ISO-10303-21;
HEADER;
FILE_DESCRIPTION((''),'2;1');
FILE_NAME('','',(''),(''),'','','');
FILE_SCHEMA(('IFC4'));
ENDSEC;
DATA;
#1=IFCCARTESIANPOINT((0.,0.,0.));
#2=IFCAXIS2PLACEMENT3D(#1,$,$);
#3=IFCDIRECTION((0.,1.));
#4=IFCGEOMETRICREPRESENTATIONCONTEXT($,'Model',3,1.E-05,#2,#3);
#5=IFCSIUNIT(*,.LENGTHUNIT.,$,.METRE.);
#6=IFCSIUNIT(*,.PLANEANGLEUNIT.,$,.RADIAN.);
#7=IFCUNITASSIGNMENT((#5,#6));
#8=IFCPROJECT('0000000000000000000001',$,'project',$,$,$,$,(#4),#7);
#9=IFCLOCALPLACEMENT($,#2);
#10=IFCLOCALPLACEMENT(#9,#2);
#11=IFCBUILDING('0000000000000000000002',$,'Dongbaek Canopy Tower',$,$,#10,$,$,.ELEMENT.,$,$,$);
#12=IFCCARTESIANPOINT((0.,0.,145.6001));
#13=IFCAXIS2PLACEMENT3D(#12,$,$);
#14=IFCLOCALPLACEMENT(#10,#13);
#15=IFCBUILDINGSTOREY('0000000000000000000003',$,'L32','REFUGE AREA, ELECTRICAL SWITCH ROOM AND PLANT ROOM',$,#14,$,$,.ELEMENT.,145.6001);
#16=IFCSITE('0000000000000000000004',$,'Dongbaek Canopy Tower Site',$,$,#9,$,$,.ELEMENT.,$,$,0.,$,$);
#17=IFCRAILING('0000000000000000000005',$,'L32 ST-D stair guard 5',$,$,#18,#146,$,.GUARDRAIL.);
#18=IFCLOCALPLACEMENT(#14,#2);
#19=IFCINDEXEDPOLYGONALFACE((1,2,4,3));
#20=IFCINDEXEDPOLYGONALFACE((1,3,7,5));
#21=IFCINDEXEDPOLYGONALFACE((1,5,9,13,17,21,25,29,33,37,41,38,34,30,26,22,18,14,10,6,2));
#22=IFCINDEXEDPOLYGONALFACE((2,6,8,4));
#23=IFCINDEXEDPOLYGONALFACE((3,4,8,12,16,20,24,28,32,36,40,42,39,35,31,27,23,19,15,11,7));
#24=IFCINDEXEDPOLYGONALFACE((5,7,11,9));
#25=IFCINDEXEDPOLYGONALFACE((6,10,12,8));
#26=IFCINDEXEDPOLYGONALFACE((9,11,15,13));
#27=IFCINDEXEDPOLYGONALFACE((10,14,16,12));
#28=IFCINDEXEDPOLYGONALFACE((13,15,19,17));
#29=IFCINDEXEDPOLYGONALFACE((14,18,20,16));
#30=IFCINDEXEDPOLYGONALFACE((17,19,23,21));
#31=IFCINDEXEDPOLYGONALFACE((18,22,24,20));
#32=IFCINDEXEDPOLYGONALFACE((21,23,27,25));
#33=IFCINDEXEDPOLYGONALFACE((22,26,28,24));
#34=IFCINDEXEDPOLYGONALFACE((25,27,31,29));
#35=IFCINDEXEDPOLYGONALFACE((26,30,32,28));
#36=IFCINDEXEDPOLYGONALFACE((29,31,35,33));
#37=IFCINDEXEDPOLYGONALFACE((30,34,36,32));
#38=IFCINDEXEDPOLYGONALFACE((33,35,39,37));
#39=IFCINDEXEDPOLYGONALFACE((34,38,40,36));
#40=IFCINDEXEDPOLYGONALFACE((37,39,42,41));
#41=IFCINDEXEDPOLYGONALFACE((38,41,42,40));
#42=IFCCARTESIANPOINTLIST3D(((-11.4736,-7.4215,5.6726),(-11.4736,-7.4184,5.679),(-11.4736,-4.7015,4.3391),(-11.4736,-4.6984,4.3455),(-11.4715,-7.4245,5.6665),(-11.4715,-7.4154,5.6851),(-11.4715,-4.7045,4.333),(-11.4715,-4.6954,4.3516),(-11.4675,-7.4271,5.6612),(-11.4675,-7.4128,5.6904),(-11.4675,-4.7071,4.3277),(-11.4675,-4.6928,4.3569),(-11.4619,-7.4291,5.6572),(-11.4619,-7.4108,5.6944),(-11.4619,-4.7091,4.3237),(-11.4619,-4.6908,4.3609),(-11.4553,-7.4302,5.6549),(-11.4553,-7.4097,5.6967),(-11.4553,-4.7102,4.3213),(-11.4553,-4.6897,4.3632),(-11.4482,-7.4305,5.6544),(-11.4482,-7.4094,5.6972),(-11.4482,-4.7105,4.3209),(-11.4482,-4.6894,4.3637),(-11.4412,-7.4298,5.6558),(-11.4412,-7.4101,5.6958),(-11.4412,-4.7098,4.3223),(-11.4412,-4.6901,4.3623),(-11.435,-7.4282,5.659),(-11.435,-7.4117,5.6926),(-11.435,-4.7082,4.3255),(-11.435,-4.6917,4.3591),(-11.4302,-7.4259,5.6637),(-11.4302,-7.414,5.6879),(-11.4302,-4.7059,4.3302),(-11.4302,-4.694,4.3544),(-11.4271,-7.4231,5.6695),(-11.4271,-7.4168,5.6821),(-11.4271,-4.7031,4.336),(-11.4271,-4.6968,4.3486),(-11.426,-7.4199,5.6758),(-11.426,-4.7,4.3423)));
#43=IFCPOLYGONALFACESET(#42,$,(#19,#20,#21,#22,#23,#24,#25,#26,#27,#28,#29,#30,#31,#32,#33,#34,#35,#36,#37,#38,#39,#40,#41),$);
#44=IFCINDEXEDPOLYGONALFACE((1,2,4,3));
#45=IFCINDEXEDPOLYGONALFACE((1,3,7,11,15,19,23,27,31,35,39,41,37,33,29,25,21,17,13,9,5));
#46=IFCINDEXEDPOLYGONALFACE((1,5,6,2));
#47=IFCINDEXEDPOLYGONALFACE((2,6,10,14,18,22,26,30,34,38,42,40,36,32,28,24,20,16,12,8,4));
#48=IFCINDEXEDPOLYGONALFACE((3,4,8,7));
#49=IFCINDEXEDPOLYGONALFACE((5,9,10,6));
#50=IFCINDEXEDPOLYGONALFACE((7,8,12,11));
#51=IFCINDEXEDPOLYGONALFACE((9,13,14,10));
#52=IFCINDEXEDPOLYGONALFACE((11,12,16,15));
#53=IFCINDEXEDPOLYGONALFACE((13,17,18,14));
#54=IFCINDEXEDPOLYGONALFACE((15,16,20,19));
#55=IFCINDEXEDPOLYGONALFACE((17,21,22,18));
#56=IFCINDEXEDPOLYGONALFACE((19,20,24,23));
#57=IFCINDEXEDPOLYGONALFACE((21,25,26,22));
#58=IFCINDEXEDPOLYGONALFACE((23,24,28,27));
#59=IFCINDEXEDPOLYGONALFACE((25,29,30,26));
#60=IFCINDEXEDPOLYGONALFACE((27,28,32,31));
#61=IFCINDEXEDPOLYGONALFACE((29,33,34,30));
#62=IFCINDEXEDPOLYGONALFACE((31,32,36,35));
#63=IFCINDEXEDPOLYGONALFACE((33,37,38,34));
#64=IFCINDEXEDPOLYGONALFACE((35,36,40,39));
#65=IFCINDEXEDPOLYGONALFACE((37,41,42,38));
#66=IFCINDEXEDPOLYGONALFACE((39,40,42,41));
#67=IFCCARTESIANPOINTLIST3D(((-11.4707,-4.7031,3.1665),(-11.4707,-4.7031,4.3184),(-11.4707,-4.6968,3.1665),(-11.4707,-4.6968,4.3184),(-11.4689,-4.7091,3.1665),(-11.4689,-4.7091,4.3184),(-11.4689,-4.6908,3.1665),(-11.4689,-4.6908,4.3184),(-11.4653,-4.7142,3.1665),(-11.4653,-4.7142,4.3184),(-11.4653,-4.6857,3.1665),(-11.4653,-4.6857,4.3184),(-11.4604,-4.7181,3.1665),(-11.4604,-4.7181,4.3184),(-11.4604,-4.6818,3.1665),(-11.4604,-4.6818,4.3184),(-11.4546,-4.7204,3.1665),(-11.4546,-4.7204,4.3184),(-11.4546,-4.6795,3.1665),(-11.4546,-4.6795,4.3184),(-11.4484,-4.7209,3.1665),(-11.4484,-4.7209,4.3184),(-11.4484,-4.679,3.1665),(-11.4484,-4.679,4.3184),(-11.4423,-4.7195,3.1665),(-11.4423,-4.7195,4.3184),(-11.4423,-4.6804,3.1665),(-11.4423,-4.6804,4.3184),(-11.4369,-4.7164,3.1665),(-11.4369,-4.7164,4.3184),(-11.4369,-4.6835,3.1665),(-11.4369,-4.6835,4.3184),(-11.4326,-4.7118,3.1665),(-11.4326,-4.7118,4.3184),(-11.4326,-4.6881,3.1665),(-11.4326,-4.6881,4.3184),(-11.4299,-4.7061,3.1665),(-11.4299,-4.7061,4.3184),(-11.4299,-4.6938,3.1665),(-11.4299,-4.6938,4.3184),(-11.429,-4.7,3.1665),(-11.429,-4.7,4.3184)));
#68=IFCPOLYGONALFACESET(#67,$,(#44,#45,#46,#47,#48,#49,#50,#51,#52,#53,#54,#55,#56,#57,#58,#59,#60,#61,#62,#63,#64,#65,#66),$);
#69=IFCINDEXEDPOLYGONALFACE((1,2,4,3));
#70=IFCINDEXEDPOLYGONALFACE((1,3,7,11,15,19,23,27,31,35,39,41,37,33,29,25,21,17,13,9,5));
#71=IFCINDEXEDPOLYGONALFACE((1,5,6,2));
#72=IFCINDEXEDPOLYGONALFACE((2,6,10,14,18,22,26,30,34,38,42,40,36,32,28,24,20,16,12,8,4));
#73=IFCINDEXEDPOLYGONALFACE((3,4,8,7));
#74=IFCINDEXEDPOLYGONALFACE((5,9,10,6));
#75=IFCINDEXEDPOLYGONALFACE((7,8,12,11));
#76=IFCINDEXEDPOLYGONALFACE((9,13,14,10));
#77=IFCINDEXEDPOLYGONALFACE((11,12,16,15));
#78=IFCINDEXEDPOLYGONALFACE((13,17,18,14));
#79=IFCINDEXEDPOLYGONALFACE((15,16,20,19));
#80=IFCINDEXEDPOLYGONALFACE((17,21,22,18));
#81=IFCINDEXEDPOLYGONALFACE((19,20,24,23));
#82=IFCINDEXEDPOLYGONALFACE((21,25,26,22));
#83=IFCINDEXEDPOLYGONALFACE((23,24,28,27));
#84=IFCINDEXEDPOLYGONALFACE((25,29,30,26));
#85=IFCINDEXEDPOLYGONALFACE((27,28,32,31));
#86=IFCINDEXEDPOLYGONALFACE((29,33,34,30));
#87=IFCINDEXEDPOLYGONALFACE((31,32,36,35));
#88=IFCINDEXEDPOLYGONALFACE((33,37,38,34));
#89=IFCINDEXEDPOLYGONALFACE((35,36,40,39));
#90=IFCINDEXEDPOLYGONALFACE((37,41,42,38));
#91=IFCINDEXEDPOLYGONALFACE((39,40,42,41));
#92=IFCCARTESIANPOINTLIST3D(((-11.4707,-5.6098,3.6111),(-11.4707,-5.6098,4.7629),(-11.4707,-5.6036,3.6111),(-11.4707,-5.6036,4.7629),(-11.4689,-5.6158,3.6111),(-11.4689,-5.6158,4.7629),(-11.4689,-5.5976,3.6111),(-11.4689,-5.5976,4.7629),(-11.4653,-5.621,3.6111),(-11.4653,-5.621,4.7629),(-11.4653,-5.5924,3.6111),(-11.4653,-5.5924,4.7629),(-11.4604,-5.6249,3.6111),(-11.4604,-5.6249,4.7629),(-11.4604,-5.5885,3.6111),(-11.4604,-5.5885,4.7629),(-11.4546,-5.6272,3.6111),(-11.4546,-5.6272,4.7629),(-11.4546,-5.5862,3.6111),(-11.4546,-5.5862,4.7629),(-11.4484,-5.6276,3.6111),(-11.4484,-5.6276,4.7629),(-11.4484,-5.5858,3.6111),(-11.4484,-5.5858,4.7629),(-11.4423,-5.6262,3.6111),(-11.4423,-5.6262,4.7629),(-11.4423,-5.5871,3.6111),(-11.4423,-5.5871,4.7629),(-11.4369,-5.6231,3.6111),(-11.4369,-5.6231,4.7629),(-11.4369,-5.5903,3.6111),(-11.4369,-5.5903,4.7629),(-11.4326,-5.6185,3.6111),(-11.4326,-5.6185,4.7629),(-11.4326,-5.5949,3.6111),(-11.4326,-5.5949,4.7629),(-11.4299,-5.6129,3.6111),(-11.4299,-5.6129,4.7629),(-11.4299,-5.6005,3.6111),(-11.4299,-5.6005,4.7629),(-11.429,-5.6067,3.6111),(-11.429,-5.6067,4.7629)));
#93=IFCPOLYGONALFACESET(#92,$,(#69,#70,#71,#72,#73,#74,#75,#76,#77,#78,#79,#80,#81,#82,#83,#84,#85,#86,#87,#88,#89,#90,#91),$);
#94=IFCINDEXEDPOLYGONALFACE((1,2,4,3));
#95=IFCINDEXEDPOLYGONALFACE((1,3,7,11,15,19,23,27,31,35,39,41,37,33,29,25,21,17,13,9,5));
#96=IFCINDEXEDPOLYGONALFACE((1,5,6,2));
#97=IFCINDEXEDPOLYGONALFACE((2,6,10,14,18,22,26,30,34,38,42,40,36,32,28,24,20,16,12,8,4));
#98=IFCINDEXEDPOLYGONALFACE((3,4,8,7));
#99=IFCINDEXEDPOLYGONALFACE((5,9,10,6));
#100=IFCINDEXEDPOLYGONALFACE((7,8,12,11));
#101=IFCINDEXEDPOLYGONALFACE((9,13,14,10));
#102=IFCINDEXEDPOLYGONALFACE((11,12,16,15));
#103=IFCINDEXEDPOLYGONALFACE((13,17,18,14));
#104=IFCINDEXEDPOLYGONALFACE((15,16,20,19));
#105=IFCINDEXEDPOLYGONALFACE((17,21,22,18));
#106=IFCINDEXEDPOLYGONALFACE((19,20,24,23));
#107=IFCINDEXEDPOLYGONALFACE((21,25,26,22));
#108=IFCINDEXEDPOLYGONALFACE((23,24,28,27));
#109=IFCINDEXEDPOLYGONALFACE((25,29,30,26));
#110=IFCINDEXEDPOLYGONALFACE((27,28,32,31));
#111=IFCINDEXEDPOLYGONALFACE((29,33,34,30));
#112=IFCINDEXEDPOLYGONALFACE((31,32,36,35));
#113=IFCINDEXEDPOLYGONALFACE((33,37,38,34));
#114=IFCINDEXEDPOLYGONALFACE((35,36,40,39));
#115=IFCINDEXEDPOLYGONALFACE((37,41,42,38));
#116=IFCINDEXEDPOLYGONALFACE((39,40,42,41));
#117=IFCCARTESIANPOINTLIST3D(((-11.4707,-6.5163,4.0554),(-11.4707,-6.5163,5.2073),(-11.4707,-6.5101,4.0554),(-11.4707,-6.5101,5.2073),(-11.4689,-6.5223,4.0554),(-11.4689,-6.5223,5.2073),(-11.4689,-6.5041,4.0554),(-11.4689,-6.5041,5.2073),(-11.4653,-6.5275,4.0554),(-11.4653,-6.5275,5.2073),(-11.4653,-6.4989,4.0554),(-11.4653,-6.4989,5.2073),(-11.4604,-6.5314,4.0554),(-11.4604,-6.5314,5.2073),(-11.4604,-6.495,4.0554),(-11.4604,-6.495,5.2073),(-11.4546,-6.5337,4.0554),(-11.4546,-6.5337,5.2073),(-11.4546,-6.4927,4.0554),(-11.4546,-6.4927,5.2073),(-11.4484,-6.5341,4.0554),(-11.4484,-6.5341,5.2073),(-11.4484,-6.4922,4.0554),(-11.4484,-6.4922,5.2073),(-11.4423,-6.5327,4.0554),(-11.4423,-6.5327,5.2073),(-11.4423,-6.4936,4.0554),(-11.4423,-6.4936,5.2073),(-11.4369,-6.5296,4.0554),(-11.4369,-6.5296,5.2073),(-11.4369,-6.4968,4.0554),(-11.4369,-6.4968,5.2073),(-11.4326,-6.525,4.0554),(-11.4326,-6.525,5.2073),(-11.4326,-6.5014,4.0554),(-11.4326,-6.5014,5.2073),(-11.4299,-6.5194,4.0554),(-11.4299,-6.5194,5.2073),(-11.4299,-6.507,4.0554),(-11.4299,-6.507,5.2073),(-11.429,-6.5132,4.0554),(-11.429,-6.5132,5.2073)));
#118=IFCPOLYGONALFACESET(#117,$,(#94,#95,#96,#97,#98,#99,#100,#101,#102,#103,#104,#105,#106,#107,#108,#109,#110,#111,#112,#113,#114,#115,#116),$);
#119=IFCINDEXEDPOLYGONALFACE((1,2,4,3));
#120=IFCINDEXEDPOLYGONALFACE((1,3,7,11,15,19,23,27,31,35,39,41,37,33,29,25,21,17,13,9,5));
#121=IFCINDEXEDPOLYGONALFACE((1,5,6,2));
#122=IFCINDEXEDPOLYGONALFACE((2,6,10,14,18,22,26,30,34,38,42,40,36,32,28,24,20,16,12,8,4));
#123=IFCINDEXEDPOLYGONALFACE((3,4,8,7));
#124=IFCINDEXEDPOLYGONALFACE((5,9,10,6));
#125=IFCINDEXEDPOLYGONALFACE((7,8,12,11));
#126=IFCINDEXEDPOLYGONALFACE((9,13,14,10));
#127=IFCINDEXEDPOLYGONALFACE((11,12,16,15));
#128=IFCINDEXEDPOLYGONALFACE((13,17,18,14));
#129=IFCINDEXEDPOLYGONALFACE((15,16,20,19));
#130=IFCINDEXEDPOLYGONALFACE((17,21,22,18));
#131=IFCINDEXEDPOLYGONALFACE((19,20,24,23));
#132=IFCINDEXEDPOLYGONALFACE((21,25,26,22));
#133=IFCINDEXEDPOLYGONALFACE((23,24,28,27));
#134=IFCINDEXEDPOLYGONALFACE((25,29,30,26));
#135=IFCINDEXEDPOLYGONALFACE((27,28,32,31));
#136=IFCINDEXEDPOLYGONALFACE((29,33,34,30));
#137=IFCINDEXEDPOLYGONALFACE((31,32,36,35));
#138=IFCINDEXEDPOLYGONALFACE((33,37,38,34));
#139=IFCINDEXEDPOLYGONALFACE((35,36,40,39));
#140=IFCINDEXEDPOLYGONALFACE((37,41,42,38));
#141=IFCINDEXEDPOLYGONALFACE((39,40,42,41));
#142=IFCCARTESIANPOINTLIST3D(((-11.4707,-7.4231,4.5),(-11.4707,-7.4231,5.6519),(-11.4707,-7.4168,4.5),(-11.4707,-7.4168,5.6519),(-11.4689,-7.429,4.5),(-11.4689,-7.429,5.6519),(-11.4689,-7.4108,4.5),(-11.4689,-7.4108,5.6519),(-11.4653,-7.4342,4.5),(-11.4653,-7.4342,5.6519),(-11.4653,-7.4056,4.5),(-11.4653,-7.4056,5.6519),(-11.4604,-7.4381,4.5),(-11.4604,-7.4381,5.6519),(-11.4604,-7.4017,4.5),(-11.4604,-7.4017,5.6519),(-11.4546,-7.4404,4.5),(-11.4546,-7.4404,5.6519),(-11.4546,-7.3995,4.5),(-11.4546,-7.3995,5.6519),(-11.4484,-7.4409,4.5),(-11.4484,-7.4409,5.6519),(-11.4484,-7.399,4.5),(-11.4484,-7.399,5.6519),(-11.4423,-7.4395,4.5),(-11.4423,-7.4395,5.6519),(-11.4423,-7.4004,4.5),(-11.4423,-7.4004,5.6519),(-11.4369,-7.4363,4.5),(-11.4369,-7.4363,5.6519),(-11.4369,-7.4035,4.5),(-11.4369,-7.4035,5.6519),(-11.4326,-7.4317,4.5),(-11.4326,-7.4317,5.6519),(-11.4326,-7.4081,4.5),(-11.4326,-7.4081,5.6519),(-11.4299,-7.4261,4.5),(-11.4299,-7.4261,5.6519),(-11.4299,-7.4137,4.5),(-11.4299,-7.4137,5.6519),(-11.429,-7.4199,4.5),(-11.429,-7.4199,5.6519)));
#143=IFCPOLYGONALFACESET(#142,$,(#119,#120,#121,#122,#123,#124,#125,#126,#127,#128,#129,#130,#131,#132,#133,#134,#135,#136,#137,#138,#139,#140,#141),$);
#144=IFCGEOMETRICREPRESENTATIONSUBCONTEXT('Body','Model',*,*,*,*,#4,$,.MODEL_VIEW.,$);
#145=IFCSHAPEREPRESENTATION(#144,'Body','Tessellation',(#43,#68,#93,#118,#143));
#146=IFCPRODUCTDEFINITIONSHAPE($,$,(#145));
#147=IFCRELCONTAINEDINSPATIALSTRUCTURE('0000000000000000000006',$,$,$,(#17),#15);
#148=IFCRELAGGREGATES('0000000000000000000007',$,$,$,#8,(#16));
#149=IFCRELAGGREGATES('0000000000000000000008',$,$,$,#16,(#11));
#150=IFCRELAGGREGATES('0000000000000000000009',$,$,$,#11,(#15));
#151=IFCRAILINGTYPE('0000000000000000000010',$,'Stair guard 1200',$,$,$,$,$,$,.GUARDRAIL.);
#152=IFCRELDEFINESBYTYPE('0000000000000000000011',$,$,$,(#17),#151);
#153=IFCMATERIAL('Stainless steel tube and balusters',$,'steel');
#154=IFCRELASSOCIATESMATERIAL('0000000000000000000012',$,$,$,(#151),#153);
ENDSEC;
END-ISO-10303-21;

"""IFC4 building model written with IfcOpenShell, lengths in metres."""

from ifc_helpers import new_model, si_unit, direction, frame, origin, origin_2d, place, context, subcontext, project, spatial, circle, extrude, material, type_object, element, save


model = new_model("IFC4")

# Units and contexts
model_context = context("Model", 3, precision=1e-05, world=origin(), true_north=direction((0.0, 1.0)))
body_context = subcontext(model_context, "Body", "Model", "MODEL_VIEW")
ifc_project = project(units=[si_unit("LENGTHUNIT", "METRE"), si_unit("PLANEANGLEUNIT", "RADIAN")], contexts=[model_context])

# Site, building, storey
site_placement = place(None, origin())
site = spatial("IfcSite", under=ifc_project, at=site_placement, Name="Dongbaek Canopy Tower Site", CompositionType="ELEMENT", RefElevation=0.0)
building_placement = place(site_placement, origin())
building = spatial("IfcBuilding", under=site, at=building_placement, Name="Dongbaek Canopy Tower", CompositionType="ELEMENT")
storey_placement = place(building_placement, frame((0.0, 0.0, 145.6001)))
storey = spatial("IfcBuildingStorey", under=building, at=storey_placement, Name="L32", Description="REFUGE AREA, ELECTRICAL SWITCH ROOM AND PLANT ROOM", CompositionType="ELEMENT", Elevation=145.6001)

# Railing
ifc_material_1 = material(Name="Stainless steel tube and balusters", Category="steel")
railing_type_1 = type_object("IfcRailingType", Name="Stair guard 1200", PredefinedType="GUARDRAIL", material=ifc_material_1)
railing_1_placement = place(storey_placement, frame((-11.45, -4.7, 3.1665)))
element("IfcRailing", 1, at=railing_1_placement, inside=storey, type_object=railing_type_1, Name="L32 ST-D stair guard 5", PredefinedType="GUARDRAIL", context=body_context, shape_type="SweptSolid", body=[
    extrude(circle(Radius=0.0239, at=origin_2d()), frame((0.0, 0.0, 1.1758), z_axis=(0.0, -0.897898, 0.440204), x_axis=(1.0, 0.0, 0.0)), (0.0, 0.0, 1.0), 3.0293),
    extrude(circle(Radius=0.021, at=origin_2d()), origin(), (0.0, 0.0, 1.0), 1.1519),
    extrude(circle(Radius=0.021, at=origin_2d()), frame((0.0, -0.9067, 0.4446)), (0.0, 0.0, 1.0), 1.1519),
    extrude(circle(Radius=0.021, at=origin_2d()), frame((0.0, -1.8132, 0.8889)), (0.0, 0.0, 1.0), 1.1519),
    extrude(circle(Radius=0.021, at=origin_2d()), frame((0.0, -2.72, 1.3335)), (0.0, 0.0, 1.0), 1.1519),
])

save(model, "model.ifc")
